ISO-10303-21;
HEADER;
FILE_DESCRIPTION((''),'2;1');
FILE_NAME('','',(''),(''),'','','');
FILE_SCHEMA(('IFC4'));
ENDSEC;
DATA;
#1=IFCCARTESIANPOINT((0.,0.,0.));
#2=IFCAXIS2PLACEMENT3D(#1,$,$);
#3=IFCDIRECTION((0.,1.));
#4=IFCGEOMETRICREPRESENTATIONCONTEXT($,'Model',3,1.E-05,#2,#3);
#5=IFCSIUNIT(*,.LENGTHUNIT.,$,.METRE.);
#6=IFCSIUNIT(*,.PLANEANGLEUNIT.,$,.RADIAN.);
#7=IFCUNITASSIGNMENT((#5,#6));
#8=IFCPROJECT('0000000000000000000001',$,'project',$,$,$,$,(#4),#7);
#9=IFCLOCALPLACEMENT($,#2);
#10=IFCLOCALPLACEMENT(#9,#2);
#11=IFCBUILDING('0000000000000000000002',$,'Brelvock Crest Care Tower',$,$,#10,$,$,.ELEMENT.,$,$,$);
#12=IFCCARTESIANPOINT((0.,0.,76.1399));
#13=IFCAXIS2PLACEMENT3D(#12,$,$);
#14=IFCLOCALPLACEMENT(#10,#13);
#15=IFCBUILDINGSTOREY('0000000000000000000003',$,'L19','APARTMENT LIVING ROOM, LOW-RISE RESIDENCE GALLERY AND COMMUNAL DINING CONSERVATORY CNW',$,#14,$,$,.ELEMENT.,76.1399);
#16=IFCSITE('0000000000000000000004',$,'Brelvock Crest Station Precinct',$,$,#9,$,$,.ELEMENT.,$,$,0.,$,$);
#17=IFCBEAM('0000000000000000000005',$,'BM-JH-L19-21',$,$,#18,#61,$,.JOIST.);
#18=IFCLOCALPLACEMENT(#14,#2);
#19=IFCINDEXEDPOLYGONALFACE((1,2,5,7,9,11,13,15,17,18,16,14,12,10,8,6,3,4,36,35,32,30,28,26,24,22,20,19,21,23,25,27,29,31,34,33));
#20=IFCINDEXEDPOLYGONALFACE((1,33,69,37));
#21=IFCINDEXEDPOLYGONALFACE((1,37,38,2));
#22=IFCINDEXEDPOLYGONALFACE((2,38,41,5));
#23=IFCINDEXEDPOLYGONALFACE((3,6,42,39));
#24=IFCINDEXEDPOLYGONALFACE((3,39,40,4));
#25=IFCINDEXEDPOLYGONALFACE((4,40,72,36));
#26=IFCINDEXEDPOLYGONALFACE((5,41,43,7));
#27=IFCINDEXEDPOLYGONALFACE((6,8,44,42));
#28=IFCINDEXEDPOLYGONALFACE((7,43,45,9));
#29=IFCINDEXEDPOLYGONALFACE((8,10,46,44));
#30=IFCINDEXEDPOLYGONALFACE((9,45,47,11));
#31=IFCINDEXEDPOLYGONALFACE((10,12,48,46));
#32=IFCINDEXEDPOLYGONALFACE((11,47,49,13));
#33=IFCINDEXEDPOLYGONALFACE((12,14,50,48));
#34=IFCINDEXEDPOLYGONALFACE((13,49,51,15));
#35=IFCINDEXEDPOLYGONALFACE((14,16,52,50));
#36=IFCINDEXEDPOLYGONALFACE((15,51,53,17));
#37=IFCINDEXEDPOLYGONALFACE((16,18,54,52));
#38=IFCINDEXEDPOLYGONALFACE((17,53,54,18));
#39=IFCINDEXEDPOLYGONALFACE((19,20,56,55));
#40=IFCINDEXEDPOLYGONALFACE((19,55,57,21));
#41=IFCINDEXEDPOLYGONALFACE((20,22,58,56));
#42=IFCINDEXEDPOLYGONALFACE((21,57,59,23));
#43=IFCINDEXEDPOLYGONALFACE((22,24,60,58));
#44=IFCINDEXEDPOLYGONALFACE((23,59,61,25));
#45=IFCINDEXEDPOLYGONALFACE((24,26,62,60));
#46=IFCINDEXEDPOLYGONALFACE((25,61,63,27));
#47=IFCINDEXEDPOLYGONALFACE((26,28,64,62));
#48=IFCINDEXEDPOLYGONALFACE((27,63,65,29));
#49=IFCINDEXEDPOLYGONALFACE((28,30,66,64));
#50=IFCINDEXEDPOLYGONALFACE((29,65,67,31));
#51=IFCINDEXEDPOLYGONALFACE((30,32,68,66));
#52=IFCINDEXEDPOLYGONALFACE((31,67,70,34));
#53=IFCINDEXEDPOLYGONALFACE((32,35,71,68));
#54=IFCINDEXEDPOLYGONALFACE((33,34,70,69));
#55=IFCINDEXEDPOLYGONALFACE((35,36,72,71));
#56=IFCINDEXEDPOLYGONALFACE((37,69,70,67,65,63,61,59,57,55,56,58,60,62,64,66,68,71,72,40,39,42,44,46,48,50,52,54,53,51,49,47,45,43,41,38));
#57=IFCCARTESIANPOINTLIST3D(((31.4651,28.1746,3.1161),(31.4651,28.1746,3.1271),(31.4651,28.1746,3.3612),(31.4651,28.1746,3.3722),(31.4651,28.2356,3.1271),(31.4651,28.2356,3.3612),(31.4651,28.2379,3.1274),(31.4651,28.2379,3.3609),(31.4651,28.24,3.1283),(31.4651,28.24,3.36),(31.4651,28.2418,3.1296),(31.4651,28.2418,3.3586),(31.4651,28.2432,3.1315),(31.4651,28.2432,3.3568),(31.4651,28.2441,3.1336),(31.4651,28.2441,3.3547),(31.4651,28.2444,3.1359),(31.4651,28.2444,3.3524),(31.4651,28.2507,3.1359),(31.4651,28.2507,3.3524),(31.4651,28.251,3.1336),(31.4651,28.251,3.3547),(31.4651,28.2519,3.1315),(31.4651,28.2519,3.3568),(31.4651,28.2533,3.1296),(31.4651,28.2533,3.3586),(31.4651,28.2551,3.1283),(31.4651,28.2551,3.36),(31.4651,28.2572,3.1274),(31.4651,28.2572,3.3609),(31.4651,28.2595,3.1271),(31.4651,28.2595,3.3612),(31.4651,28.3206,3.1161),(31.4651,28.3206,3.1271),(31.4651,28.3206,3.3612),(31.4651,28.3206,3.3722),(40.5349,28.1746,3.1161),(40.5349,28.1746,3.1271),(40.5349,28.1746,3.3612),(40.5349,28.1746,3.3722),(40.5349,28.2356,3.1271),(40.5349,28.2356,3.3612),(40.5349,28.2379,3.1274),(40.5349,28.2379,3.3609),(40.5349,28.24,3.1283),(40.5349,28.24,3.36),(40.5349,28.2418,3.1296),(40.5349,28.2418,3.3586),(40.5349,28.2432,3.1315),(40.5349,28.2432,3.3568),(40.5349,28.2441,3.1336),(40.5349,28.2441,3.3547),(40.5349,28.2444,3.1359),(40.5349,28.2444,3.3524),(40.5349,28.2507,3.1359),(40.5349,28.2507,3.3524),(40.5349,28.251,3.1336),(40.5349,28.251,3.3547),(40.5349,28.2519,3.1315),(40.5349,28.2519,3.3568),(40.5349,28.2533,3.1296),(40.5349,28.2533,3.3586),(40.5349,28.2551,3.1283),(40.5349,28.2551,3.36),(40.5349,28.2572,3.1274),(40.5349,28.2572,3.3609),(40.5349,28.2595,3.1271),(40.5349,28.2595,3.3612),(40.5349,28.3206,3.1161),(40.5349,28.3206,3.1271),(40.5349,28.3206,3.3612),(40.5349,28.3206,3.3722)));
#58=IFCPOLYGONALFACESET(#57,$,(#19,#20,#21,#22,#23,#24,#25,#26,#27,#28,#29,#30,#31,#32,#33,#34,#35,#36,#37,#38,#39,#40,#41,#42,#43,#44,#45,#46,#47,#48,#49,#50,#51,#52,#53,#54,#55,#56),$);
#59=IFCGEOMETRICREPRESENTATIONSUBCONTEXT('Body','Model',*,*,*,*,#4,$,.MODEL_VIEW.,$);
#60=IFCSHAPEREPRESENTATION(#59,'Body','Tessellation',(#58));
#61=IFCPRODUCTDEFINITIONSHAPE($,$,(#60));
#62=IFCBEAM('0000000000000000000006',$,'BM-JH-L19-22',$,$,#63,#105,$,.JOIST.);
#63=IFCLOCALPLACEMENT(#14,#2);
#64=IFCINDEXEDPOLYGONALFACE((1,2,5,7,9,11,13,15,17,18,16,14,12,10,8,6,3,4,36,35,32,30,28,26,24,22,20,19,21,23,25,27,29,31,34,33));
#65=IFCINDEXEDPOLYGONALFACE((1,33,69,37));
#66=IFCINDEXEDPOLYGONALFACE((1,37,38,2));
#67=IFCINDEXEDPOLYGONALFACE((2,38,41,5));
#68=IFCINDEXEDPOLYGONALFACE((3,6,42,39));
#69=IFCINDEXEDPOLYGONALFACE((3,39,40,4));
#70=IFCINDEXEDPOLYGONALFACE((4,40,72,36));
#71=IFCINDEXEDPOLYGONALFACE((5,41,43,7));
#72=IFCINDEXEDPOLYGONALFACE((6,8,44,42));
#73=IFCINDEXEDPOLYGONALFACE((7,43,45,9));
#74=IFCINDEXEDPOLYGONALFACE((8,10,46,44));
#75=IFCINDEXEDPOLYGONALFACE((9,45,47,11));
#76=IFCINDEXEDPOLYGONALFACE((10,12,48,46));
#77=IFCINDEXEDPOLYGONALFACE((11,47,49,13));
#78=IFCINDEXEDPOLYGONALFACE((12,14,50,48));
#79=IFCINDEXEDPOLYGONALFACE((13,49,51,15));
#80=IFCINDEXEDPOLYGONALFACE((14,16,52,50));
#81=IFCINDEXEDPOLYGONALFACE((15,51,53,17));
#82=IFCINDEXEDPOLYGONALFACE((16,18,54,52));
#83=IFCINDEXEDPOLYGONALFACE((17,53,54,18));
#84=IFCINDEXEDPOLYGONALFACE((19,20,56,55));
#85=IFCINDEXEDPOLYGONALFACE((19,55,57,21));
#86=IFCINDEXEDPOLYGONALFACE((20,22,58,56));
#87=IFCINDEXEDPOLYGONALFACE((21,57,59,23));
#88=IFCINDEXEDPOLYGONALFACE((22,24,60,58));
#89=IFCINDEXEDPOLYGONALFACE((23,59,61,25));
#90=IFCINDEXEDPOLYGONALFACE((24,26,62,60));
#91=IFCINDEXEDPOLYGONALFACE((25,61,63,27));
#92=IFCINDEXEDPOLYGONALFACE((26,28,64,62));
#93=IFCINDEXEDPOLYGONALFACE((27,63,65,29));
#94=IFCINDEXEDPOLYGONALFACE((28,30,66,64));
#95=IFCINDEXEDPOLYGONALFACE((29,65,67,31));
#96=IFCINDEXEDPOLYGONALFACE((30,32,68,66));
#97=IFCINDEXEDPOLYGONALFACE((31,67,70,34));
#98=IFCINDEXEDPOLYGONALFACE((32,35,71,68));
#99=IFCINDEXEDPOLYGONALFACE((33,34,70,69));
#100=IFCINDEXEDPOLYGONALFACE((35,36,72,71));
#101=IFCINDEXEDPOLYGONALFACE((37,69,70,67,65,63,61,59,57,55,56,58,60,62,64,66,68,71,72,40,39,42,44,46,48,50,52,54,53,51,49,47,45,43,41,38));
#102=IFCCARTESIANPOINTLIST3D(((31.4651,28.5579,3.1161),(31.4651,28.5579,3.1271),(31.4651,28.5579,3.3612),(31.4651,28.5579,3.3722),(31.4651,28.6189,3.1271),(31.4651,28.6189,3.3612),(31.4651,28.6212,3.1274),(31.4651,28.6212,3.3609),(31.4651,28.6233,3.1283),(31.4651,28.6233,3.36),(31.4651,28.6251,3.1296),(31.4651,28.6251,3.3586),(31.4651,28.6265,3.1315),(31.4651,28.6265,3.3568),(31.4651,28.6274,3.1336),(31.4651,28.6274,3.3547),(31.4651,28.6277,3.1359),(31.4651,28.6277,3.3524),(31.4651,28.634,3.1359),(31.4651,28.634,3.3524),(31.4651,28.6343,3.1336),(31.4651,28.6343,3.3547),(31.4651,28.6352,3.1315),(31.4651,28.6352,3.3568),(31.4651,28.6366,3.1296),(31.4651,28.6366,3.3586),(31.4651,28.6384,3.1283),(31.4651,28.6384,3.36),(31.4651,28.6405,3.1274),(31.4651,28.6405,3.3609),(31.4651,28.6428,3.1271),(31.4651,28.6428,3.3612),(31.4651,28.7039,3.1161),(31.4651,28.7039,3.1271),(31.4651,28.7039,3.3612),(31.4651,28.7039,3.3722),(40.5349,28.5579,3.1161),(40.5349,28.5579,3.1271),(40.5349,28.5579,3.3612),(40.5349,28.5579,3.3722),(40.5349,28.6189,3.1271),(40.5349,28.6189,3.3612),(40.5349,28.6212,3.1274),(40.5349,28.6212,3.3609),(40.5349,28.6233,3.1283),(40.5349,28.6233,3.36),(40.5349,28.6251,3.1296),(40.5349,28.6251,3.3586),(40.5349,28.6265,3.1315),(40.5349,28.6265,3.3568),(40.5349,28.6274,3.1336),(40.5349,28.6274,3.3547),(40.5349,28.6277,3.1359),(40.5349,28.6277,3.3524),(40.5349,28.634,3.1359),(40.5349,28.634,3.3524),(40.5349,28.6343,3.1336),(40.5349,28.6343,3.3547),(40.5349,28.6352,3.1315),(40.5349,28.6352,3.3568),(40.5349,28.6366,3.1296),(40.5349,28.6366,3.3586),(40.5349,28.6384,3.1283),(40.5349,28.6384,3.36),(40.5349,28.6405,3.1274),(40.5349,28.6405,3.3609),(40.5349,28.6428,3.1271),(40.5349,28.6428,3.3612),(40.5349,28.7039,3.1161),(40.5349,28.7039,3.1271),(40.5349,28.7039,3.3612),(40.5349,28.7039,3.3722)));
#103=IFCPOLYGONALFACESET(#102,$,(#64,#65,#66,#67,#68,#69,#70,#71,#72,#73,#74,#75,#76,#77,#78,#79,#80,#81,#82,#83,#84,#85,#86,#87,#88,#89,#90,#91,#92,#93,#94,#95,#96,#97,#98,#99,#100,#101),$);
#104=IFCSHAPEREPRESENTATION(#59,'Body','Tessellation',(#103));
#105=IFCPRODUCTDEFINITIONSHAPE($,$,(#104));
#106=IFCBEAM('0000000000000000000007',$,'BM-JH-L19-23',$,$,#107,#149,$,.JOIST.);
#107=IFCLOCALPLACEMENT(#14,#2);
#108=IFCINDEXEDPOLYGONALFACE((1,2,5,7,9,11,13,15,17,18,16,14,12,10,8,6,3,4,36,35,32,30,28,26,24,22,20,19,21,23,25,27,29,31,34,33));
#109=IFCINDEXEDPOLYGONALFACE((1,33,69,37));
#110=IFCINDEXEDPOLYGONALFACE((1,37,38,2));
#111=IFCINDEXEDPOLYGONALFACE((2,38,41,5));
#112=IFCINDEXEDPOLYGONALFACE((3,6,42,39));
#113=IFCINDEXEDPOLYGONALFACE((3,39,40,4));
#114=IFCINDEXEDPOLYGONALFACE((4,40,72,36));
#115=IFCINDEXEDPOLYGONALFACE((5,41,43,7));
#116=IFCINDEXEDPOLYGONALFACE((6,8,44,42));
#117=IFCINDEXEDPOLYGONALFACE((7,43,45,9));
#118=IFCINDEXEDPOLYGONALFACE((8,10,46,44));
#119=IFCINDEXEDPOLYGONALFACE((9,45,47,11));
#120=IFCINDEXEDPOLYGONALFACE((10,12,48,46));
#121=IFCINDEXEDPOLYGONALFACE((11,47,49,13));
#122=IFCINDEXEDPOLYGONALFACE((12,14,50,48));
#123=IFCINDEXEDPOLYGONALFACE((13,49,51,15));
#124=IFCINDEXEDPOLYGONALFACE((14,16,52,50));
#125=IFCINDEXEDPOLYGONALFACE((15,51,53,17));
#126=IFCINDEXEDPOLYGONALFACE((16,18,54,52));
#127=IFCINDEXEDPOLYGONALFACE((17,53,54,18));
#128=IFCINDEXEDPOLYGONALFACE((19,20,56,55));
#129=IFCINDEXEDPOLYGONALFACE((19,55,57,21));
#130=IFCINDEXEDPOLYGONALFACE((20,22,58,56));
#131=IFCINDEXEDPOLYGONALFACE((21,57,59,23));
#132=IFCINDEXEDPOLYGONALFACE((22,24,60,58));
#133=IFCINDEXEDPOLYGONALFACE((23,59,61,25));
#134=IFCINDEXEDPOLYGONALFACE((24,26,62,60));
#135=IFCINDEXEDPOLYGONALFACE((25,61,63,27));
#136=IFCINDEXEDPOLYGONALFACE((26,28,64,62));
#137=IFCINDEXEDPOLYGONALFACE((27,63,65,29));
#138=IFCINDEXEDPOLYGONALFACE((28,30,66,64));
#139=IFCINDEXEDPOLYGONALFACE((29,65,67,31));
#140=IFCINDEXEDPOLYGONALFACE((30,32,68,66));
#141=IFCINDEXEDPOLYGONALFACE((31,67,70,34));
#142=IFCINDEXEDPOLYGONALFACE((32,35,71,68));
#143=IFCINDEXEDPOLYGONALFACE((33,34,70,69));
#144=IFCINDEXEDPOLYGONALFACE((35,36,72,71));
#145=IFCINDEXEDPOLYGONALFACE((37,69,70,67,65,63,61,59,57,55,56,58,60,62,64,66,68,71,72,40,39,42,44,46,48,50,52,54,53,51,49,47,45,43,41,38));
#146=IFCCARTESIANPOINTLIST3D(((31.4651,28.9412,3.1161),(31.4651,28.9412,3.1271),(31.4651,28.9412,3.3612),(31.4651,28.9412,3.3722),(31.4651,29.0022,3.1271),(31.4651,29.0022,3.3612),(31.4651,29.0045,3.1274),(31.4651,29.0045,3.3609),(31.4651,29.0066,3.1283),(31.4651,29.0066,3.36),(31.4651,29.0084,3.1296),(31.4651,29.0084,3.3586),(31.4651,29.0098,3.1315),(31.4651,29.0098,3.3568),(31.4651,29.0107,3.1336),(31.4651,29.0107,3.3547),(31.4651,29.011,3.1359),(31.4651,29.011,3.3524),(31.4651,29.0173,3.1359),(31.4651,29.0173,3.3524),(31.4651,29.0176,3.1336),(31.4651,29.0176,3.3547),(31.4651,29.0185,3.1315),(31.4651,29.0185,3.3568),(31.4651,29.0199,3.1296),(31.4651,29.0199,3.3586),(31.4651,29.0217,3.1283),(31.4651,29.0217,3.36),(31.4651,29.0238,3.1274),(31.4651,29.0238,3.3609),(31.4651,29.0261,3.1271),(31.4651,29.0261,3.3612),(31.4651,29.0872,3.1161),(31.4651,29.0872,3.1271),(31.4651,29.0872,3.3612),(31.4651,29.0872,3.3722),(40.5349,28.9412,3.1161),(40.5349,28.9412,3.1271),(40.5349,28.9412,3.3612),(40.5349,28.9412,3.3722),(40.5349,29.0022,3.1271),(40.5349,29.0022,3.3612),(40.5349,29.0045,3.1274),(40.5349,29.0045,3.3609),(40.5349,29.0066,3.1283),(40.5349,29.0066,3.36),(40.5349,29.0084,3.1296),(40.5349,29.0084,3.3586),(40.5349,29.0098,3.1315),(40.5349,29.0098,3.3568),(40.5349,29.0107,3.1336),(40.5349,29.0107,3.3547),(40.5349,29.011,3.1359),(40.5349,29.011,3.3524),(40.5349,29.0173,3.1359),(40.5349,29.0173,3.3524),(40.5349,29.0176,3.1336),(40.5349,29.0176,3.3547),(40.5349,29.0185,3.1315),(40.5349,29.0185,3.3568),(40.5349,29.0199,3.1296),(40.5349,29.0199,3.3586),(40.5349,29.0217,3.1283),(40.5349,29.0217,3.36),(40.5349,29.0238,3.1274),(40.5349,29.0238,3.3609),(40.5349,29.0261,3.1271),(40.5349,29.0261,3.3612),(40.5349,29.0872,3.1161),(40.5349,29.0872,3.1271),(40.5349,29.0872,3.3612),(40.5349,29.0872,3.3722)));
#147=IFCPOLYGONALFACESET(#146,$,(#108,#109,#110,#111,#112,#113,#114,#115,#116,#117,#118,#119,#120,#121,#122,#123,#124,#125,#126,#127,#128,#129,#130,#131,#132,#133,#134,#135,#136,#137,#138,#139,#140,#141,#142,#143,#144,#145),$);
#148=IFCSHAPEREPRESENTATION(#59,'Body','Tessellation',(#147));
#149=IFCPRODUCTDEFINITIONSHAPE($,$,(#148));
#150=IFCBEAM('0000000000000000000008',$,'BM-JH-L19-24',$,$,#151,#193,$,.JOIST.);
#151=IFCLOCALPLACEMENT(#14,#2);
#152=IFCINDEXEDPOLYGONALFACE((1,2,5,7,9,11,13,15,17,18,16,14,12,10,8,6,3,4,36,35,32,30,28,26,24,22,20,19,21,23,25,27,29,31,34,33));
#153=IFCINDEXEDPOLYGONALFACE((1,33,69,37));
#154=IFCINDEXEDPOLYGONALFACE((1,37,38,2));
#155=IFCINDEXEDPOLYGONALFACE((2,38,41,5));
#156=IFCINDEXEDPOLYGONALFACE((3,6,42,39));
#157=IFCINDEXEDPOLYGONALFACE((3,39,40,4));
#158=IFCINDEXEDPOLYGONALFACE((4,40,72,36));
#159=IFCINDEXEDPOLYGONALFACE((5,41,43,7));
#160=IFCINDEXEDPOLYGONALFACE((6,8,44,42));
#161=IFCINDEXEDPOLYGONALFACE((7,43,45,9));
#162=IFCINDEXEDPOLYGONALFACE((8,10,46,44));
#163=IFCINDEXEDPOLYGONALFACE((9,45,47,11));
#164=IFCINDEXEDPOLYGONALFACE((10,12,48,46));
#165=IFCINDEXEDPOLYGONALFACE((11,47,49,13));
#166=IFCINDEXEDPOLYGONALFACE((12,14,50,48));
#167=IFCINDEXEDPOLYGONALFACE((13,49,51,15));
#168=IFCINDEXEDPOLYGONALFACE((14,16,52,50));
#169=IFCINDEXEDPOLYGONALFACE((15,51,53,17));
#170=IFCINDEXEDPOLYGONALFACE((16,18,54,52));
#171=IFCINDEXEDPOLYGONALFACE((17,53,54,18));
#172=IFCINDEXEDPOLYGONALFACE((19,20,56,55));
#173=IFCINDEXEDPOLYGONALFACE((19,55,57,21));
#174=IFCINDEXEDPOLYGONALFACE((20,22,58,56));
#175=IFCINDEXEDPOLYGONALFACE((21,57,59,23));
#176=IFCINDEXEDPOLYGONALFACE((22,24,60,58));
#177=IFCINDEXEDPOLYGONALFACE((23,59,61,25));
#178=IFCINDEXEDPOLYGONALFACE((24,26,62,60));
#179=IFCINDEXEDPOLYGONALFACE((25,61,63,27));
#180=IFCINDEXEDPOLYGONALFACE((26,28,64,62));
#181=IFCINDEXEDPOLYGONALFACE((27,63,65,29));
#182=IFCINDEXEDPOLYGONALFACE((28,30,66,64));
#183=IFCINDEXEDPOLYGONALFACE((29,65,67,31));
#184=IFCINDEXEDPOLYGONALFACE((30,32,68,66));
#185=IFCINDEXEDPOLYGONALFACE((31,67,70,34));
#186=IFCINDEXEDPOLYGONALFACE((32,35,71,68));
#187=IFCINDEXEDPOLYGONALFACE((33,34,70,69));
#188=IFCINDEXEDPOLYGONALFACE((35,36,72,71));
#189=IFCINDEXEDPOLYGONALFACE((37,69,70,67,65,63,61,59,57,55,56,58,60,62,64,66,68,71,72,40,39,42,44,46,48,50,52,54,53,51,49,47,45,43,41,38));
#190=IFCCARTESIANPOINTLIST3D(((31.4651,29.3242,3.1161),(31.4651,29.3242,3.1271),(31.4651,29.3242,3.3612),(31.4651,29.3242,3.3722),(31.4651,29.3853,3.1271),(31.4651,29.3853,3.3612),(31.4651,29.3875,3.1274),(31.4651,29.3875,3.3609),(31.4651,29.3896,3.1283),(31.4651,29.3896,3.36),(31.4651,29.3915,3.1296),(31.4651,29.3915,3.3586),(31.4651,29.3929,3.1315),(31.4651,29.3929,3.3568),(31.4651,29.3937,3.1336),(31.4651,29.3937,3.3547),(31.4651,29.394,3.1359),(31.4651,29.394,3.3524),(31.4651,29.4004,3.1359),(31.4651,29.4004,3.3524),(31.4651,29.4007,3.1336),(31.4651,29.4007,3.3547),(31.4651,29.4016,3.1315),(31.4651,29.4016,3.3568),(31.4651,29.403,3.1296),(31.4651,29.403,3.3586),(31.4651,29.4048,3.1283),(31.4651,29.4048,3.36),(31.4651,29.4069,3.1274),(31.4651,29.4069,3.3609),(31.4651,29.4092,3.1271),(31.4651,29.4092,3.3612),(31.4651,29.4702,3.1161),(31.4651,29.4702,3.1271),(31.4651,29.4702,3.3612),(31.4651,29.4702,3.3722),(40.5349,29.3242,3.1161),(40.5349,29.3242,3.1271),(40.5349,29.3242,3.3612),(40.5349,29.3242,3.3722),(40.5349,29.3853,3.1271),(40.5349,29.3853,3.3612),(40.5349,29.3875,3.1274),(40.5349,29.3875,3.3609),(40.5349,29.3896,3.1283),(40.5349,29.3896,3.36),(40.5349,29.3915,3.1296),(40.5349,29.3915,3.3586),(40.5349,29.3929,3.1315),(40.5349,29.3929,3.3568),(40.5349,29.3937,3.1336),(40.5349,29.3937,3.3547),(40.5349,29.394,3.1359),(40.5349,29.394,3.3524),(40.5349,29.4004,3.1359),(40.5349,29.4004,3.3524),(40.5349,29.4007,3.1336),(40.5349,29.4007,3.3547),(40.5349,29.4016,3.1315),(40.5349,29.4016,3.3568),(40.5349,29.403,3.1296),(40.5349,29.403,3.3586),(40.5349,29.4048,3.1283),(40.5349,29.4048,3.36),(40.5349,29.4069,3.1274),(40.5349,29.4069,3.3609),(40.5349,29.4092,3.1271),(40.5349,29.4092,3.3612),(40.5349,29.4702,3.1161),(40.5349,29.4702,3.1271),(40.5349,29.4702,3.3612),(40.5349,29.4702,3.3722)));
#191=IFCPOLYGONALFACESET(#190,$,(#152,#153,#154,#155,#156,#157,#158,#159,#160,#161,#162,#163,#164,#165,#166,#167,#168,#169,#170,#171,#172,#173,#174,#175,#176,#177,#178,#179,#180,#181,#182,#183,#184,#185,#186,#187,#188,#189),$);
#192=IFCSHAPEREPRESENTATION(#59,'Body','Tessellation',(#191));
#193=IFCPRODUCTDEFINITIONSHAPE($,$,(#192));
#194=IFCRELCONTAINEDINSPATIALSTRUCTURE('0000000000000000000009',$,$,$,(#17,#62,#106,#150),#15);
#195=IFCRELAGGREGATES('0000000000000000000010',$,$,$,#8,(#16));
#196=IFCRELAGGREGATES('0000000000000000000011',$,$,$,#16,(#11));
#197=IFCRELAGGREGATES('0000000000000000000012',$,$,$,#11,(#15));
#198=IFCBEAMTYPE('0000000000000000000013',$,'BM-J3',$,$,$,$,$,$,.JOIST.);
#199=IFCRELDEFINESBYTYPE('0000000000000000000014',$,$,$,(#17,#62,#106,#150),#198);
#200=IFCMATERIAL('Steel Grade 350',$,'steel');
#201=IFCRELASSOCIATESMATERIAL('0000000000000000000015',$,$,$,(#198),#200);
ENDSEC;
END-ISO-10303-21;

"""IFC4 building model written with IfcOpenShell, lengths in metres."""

from ifc_helpers import new_model, si_unit, direction, frame, origin, origin_2d, place, context, subcontext, project, spatial, i_section, extrude, source, transform, mapped, material, material_profile, profile_set, type_object, element, save


model = new_model("IFC4")

# Units and contexts
model_context = context("Model", 3, precision=1e-05, world=origin(), true_north=direction((0.0, 1.0)))
body_context = subcontext(model_context, "Body", "Model", "MODEL_VIEW")
ifc_project = project(units=[si_unit("LENGTHUNIT", "METRE"), si_unit("PLANEANGLEUNIT", "RADIAN")], contexts=[model_context])

# Site, building, storey
site_placement = place(None, origin())
site = spatial("IfcSite", under=ifc_project, at=site_placement, Name="Brelvock Crest Station Precinct", CompositionType="ELEMENT", RefElevation=0.0)
building_placement = place(site_placement, origin())
building = spatial("IfcBuilding", under=site, at=building_placement, Name="Brelvock Crest Care Tower", CompositionType="ELEMENT")
storey_placement = place(building_placement, frame((0.0, 0.0, 76.1399)))
storey = spatial("IfcBuildingStorey", under=building, at=storey_placement, Name="L19", Description="APARTMENT LIVING ROOM, LOW-RISE RESIDENCE GALLERY AND COMMUNAL DINING CONSERVATORY CNW", CompositionType="ELEMENT", Elevation=76.1399)

# Beams
ifc_material_1 = material(Name="Steel Grade 350", Category="steel")
ifc_material_profile_1 = material_profile(ifc_material_1, i_section(OverallWidth=0.146, OverallDepth=0.2561, WebThickness=0.0063, FlangeThickness=0.011, FilletRadius=0.0088, at=origin_2d()), Name="250UB37.3")
ifc_profile_set_1 = profile_set([ifc_material_profile_1], Name="Steel Grade 350")
beam_type_1 = type_object("IfcBeamType", Name="BM-J3", PredefinedType="JOIST", material=ifc_profile_set_1)
shared_shape_1 = source(origin(), body_context, "Body", "SweptSolid", [
    extrude(i_section(OverallWidth=0.146, OverallDepth=0.2561, WebThickness=0.0063, FlangeThickness=0.011, FilletRadius=0.0088, at=origin_2d()), origin(), (0.0, 0.0, 1.0), 9.0698),
])
for number, where, z_axis, x_axis, name in (
    (1, (31.4651, 28.2476, 3.2441), (1.0, 0.0, 0.0), (0.0, 1.0, 0.0), "BM-JH-L19-21"),
    (2, (31.4651, 28.6309, 3.2441), (1.0, 0.0, 0.0), (0.0, 1.0, 0.0), "BM-JH-L19-22"),
    (3, (31.4651, 29.0142, 3.2441), (1.0, 0.0, 0.0), (0.0, 1.0, 0.0), "BM-JH-L19-23"),
    (4, (31.4651, 29.3972, 3.2441), (1.0, 0.0, 0.0), (0.0, 1.0, 0.0), "BM-JH-L19-24"),
):
    element("IfcBeam", number, at=place(storey_placement, frame(where, z_axis=z_axis, x_axis=x_axis)), inside=storey, type_object=beam_type_1, Name=name, PredefinedType="JOIST", context=body_context, shape_type="MappedRepresentation", body=[
        mapped(shared_shape_1, transform((0.0, 0.0, 0.0), x_axis=(1.0, 0.0, 0.0), y_axis=(0.0, 1.0, 0.0), z_axis=(0.0, 0.0, 1.0), scale=1.0)),
    ])

save(model, "model.ifc")
